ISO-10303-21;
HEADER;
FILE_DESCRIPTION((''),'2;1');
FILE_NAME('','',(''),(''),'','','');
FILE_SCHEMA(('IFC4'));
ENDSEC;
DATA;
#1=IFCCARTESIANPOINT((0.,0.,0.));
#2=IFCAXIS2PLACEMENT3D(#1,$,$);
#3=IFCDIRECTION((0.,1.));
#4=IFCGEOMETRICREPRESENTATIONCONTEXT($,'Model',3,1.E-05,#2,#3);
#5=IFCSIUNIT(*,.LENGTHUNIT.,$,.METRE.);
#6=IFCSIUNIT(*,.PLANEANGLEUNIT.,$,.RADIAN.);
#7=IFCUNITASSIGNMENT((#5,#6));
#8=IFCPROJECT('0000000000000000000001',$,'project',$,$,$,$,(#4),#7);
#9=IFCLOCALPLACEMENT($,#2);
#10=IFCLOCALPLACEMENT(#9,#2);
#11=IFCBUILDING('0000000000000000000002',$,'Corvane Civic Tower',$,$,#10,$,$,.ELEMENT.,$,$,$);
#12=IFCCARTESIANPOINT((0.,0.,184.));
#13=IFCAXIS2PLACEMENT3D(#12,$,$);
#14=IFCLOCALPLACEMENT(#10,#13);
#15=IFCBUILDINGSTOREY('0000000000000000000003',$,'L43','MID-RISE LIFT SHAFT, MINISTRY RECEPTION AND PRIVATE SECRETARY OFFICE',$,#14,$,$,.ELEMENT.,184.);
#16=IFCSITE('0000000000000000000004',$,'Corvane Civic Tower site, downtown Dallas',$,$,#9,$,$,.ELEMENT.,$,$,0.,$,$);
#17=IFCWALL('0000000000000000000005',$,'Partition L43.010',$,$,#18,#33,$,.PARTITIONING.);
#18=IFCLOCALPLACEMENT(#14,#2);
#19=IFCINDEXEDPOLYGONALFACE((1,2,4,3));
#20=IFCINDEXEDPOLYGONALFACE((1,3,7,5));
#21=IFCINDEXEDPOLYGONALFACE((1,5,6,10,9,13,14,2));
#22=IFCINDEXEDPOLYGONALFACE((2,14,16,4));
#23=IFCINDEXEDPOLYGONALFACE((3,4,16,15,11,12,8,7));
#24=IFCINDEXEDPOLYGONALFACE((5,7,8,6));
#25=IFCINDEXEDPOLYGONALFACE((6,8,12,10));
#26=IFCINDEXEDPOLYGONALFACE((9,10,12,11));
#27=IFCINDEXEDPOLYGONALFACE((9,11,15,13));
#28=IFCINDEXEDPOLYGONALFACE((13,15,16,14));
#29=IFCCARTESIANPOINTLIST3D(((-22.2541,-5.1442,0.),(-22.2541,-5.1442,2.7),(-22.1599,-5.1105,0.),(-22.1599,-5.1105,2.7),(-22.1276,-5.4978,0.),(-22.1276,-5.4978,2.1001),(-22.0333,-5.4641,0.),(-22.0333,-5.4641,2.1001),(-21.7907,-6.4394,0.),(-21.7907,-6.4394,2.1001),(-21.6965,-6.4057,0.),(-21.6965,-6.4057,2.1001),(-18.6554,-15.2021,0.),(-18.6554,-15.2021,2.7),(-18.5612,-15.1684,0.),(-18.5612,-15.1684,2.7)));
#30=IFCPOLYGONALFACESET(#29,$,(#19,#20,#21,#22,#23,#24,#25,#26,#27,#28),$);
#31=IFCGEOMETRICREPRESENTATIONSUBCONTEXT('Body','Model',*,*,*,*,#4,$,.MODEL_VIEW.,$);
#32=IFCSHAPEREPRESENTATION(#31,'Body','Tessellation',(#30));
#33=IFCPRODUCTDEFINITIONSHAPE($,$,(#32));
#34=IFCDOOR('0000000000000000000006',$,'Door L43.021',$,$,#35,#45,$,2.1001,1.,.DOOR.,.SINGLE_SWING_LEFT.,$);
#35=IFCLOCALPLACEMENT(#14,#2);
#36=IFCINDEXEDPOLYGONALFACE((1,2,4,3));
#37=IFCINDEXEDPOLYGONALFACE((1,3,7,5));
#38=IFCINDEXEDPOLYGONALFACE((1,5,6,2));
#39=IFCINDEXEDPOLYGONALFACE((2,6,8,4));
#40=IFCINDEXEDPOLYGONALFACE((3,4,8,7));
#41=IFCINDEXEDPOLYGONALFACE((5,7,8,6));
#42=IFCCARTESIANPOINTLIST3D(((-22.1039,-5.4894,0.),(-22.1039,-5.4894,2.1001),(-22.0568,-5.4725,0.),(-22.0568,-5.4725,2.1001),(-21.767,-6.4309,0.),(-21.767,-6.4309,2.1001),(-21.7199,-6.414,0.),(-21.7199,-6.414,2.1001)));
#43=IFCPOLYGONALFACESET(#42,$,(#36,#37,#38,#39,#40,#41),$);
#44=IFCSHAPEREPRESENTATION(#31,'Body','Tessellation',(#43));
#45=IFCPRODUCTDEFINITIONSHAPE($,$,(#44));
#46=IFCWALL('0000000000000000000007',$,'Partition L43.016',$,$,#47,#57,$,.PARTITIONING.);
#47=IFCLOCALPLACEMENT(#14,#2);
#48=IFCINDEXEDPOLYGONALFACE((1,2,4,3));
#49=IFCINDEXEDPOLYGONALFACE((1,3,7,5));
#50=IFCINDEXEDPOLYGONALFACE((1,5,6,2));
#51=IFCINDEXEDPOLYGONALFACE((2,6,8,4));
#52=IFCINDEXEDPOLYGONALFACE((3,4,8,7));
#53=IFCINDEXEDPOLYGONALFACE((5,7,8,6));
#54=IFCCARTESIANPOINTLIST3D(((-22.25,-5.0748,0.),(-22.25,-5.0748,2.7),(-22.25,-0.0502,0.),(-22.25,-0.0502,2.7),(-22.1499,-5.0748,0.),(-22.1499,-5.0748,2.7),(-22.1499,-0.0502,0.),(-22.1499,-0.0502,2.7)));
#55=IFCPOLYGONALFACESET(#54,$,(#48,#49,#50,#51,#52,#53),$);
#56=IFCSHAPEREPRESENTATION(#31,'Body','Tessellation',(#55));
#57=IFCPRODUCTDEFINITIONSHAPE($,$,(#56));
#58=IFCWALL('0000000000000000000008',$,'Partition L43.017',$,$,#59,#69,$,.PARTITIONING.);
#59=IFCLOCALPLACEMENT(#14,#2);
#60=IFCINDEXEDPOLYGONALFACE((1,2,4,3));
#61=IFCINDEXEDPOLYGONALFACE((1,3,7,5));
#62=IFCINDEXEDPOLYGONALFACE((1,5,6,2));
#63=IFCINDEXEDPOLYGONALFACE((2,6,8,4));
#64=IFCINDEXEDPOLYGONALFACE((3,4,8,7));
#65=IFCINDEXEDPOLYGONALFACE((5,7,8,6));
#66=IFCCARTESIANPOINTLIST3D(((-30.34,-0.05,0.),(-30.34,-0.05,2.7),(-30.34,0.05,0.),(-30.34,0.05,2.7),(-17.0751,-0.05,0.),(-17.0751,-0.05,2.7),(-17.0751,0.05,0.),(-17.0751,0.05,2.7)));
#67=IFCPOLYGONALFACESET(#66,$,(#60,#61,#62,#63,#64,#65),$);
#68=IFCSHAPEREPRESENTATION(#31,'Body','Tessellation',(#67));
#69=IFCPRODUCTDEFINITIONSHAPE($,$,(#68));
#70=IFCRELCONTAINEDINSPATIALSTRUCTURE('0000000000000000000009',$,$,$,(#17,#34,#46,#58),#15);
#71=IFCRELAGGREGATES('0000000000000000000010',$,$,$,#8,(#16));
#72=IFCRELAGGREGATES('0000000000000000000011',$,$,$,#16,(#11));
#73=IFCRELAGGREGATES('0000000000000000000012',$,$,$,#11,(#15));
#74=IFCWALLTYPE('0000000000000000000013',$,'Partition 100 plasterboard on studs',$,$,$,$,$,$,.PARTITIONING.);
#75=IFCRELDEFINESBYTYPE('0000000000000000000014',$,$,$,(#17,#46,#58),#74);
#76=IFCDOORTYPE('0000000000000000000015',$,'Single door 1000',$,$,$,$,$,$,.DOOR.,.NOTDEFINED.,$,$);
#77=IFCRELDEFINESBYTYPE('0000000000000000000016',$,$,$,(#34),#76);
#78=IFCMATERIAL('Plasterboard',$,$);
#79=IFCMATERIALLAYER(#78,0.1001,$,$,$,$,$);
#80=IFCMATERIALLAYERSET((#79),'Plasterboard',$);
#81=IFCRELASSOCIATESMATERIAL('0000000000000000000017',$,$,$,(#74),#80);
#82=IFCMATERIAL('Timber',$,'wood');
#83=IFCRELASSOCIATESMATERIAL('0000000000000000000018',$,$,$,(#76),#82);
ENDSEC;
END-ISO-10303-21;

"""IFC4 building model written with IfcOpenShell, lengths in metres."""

from ifc_helpers import new_model, si_unit, direction, frame, frame_2d, origin, place, context, subcontext, project, spatial, rectangle, extrude, material, layer, layer_set, type_object, element, fill, save


model = new_model("IFC4")

# Units and contexts
model_context = context("Model", 3, precision=1e-05, world=origin(), true_north=direction((0.0, 1.0)))
body_context = subcontext(model_context, "Body", "Model", "MODEL_VIEW")
ifc_project = project(units=[si_unit("LENGTHUNIT", "METRE"), si_unit("PLANEANGLEUNIT", "RADIAN")], contexts=[model_context])

# Site, building, storey
site_placement = place(None, origin())
site = spatial("IfcSite", under=ifc_project, at=site_placement, Name="Corvane Civic Tower site, downtown Dallas", CompositionType="ELEMENT", RefElevation=0.0)
building_placement = place(site_placement, origin())
building = spatial("IfcBuilding", under=site, at=building_placement, Name="Corvane Civic Tower", CompositionType="ELEMENT")
storey_placement = place(building_placement, frame((0.0, 0.0, 184.0)))
storey = spatial("IfcBuildingStorey", under=building, at=storey_placement, Name="L43", Description="MID-RISE LIFT SHAFT, MINISTRY RECEPTION AND PRIVATE SECRETARY OFFICE", CompositionType="ELEMENT", Elevation=184.0)

# Wall, opening, door
ifc_material_1 = material(Name="Plasterboard")
ifc_layer_1 = layer(ifc_material_1, 0.1001)
ifc_layer_set_1 = layer_set([ifc_layer_1], Name="Plasterboard")
wall_type_1 = type_object("IfcWallType", Name="Partition 100 plasterboard on studs", PredefinedType="PARTITIONING", material=ifc_layer_set_1)
wall_1_placement = place(storey_placement, frame((-22.207, -5.1272, 0.0), z_axis=(0.0, 0.0, 1.0), x_axis=(0.336879, -0.941548, 0.0)))
wall_1 = element("IfcWall", 1, at=wall_1_placement, inside=storey, type_object=wall_type_1, Name="Partition L43.010", PredefinedType="PARTITIONING", context=body_context, shape_type="SweptSolid", body=[
    extrude(rectangle(XDim=10.6824, YDim=0.1001, at=frame_2d((5.3413, 0.0))), origin(), (0.0, 0.0, 1.0), 2.7),
])
opening_1_placement = place(wall_1_placement, frame((0.3757, 0.0, 0.0)))
opening_1 = element("IfcOpeningElement", 2, at=opening_1_placement, cuts=wall_1, PredefinedType="OPENING", context=body_context, shape_type="SweptSolid", body=[
    extrude(rectangle(XDim=1.0, YDim=2.1001, at=frame_2d((0.5, 1.05))), frame((0.0, 0.0601, 0.0), z_axis=(0.0, -1.0, 0.0), x_axis=(1.0, 0.0, 0.0)), (0.0, 0.0, 1.0), 0.1201),
])
ifc_material_2 = material(Name="Timber", Category="wood")
door_type_1 = type_object("IfcDoorType", Name="Single door 1000", OperationType="NOTDEFINED", PredefinedType="DOOR", material=ifc_material_2)
door_1_placement = place(opening_1_placement, frame((1.0, 0.0, 0.0), z_axis=(0.0, 0.0, 1.0), x_axis=(-1.0, 0.0, 0.0)))
door_1 = element("IfcDoor", 3, at=door_1_placement, inside=storey, type_object=door_type_1, Name="Door L43.021", OperationType="SINGLE_SWING_LEFT", OverallHeight=2.1001, OverallWidth=1.0, PredefinedType="DOOR", context=body_context, shape_type="SweptSolid", body=[
    extrude(rectangle(XDim=1.0, YDim=2.1001, at=frame_2d((0.5, 1.05))), frame((0.0, 0.0249, 0.0), z_axis=(0.0, -1.0, 0.0), x_axis=(1.0, 0.0, 0.0)), (0.0, 0.0, 1.0), 0.05),
])
fill(opening_1, door_1)

# Walls
wall_2_placement = place(storey_placement, frame((-22.2, -5.0747, 0.0), z_axis=(0.0, 0.0, 1.0), x_axis=(0.0, 1.0, 0.0)))
element("IfcWall", 4, at=wall_2_placement, inside=storey, type_object=wall_type_1, Name="Partition L43.016", PredefinedType="PARTITIONING", context=body_context, shape_type="SweptSolid", body=[
    extrude(rectangle(XDim=5.0247, YDim=0.1001, at=frame_2d((2.5122, 0.0))), origin(), (0.0, 0.0, 1.0), 2.7),
])
wall_3_placement = place(storey_placement, frame((-30.3398, 0.0, 0.0), z_axis=(0.0, 0.0, 1.0), x_axis=(1.0, 0.0, 0.0)))
element("IfcWall", 5, at=wall_3_placement, inside=storey, type_object=wall_type_1, Name="Partition L43.017", PredefinedType="PARTITIONING", context=body_context, shape_type="SweptSolid", body=[
    extrude(rectangle(XDim=13.2649, YDim=0.1001, at=frame_2d((6.6323, 0.0))), origin(), (0.0, 0.0, 1.0), 2.7),
])

save(model, "model.ifc")
